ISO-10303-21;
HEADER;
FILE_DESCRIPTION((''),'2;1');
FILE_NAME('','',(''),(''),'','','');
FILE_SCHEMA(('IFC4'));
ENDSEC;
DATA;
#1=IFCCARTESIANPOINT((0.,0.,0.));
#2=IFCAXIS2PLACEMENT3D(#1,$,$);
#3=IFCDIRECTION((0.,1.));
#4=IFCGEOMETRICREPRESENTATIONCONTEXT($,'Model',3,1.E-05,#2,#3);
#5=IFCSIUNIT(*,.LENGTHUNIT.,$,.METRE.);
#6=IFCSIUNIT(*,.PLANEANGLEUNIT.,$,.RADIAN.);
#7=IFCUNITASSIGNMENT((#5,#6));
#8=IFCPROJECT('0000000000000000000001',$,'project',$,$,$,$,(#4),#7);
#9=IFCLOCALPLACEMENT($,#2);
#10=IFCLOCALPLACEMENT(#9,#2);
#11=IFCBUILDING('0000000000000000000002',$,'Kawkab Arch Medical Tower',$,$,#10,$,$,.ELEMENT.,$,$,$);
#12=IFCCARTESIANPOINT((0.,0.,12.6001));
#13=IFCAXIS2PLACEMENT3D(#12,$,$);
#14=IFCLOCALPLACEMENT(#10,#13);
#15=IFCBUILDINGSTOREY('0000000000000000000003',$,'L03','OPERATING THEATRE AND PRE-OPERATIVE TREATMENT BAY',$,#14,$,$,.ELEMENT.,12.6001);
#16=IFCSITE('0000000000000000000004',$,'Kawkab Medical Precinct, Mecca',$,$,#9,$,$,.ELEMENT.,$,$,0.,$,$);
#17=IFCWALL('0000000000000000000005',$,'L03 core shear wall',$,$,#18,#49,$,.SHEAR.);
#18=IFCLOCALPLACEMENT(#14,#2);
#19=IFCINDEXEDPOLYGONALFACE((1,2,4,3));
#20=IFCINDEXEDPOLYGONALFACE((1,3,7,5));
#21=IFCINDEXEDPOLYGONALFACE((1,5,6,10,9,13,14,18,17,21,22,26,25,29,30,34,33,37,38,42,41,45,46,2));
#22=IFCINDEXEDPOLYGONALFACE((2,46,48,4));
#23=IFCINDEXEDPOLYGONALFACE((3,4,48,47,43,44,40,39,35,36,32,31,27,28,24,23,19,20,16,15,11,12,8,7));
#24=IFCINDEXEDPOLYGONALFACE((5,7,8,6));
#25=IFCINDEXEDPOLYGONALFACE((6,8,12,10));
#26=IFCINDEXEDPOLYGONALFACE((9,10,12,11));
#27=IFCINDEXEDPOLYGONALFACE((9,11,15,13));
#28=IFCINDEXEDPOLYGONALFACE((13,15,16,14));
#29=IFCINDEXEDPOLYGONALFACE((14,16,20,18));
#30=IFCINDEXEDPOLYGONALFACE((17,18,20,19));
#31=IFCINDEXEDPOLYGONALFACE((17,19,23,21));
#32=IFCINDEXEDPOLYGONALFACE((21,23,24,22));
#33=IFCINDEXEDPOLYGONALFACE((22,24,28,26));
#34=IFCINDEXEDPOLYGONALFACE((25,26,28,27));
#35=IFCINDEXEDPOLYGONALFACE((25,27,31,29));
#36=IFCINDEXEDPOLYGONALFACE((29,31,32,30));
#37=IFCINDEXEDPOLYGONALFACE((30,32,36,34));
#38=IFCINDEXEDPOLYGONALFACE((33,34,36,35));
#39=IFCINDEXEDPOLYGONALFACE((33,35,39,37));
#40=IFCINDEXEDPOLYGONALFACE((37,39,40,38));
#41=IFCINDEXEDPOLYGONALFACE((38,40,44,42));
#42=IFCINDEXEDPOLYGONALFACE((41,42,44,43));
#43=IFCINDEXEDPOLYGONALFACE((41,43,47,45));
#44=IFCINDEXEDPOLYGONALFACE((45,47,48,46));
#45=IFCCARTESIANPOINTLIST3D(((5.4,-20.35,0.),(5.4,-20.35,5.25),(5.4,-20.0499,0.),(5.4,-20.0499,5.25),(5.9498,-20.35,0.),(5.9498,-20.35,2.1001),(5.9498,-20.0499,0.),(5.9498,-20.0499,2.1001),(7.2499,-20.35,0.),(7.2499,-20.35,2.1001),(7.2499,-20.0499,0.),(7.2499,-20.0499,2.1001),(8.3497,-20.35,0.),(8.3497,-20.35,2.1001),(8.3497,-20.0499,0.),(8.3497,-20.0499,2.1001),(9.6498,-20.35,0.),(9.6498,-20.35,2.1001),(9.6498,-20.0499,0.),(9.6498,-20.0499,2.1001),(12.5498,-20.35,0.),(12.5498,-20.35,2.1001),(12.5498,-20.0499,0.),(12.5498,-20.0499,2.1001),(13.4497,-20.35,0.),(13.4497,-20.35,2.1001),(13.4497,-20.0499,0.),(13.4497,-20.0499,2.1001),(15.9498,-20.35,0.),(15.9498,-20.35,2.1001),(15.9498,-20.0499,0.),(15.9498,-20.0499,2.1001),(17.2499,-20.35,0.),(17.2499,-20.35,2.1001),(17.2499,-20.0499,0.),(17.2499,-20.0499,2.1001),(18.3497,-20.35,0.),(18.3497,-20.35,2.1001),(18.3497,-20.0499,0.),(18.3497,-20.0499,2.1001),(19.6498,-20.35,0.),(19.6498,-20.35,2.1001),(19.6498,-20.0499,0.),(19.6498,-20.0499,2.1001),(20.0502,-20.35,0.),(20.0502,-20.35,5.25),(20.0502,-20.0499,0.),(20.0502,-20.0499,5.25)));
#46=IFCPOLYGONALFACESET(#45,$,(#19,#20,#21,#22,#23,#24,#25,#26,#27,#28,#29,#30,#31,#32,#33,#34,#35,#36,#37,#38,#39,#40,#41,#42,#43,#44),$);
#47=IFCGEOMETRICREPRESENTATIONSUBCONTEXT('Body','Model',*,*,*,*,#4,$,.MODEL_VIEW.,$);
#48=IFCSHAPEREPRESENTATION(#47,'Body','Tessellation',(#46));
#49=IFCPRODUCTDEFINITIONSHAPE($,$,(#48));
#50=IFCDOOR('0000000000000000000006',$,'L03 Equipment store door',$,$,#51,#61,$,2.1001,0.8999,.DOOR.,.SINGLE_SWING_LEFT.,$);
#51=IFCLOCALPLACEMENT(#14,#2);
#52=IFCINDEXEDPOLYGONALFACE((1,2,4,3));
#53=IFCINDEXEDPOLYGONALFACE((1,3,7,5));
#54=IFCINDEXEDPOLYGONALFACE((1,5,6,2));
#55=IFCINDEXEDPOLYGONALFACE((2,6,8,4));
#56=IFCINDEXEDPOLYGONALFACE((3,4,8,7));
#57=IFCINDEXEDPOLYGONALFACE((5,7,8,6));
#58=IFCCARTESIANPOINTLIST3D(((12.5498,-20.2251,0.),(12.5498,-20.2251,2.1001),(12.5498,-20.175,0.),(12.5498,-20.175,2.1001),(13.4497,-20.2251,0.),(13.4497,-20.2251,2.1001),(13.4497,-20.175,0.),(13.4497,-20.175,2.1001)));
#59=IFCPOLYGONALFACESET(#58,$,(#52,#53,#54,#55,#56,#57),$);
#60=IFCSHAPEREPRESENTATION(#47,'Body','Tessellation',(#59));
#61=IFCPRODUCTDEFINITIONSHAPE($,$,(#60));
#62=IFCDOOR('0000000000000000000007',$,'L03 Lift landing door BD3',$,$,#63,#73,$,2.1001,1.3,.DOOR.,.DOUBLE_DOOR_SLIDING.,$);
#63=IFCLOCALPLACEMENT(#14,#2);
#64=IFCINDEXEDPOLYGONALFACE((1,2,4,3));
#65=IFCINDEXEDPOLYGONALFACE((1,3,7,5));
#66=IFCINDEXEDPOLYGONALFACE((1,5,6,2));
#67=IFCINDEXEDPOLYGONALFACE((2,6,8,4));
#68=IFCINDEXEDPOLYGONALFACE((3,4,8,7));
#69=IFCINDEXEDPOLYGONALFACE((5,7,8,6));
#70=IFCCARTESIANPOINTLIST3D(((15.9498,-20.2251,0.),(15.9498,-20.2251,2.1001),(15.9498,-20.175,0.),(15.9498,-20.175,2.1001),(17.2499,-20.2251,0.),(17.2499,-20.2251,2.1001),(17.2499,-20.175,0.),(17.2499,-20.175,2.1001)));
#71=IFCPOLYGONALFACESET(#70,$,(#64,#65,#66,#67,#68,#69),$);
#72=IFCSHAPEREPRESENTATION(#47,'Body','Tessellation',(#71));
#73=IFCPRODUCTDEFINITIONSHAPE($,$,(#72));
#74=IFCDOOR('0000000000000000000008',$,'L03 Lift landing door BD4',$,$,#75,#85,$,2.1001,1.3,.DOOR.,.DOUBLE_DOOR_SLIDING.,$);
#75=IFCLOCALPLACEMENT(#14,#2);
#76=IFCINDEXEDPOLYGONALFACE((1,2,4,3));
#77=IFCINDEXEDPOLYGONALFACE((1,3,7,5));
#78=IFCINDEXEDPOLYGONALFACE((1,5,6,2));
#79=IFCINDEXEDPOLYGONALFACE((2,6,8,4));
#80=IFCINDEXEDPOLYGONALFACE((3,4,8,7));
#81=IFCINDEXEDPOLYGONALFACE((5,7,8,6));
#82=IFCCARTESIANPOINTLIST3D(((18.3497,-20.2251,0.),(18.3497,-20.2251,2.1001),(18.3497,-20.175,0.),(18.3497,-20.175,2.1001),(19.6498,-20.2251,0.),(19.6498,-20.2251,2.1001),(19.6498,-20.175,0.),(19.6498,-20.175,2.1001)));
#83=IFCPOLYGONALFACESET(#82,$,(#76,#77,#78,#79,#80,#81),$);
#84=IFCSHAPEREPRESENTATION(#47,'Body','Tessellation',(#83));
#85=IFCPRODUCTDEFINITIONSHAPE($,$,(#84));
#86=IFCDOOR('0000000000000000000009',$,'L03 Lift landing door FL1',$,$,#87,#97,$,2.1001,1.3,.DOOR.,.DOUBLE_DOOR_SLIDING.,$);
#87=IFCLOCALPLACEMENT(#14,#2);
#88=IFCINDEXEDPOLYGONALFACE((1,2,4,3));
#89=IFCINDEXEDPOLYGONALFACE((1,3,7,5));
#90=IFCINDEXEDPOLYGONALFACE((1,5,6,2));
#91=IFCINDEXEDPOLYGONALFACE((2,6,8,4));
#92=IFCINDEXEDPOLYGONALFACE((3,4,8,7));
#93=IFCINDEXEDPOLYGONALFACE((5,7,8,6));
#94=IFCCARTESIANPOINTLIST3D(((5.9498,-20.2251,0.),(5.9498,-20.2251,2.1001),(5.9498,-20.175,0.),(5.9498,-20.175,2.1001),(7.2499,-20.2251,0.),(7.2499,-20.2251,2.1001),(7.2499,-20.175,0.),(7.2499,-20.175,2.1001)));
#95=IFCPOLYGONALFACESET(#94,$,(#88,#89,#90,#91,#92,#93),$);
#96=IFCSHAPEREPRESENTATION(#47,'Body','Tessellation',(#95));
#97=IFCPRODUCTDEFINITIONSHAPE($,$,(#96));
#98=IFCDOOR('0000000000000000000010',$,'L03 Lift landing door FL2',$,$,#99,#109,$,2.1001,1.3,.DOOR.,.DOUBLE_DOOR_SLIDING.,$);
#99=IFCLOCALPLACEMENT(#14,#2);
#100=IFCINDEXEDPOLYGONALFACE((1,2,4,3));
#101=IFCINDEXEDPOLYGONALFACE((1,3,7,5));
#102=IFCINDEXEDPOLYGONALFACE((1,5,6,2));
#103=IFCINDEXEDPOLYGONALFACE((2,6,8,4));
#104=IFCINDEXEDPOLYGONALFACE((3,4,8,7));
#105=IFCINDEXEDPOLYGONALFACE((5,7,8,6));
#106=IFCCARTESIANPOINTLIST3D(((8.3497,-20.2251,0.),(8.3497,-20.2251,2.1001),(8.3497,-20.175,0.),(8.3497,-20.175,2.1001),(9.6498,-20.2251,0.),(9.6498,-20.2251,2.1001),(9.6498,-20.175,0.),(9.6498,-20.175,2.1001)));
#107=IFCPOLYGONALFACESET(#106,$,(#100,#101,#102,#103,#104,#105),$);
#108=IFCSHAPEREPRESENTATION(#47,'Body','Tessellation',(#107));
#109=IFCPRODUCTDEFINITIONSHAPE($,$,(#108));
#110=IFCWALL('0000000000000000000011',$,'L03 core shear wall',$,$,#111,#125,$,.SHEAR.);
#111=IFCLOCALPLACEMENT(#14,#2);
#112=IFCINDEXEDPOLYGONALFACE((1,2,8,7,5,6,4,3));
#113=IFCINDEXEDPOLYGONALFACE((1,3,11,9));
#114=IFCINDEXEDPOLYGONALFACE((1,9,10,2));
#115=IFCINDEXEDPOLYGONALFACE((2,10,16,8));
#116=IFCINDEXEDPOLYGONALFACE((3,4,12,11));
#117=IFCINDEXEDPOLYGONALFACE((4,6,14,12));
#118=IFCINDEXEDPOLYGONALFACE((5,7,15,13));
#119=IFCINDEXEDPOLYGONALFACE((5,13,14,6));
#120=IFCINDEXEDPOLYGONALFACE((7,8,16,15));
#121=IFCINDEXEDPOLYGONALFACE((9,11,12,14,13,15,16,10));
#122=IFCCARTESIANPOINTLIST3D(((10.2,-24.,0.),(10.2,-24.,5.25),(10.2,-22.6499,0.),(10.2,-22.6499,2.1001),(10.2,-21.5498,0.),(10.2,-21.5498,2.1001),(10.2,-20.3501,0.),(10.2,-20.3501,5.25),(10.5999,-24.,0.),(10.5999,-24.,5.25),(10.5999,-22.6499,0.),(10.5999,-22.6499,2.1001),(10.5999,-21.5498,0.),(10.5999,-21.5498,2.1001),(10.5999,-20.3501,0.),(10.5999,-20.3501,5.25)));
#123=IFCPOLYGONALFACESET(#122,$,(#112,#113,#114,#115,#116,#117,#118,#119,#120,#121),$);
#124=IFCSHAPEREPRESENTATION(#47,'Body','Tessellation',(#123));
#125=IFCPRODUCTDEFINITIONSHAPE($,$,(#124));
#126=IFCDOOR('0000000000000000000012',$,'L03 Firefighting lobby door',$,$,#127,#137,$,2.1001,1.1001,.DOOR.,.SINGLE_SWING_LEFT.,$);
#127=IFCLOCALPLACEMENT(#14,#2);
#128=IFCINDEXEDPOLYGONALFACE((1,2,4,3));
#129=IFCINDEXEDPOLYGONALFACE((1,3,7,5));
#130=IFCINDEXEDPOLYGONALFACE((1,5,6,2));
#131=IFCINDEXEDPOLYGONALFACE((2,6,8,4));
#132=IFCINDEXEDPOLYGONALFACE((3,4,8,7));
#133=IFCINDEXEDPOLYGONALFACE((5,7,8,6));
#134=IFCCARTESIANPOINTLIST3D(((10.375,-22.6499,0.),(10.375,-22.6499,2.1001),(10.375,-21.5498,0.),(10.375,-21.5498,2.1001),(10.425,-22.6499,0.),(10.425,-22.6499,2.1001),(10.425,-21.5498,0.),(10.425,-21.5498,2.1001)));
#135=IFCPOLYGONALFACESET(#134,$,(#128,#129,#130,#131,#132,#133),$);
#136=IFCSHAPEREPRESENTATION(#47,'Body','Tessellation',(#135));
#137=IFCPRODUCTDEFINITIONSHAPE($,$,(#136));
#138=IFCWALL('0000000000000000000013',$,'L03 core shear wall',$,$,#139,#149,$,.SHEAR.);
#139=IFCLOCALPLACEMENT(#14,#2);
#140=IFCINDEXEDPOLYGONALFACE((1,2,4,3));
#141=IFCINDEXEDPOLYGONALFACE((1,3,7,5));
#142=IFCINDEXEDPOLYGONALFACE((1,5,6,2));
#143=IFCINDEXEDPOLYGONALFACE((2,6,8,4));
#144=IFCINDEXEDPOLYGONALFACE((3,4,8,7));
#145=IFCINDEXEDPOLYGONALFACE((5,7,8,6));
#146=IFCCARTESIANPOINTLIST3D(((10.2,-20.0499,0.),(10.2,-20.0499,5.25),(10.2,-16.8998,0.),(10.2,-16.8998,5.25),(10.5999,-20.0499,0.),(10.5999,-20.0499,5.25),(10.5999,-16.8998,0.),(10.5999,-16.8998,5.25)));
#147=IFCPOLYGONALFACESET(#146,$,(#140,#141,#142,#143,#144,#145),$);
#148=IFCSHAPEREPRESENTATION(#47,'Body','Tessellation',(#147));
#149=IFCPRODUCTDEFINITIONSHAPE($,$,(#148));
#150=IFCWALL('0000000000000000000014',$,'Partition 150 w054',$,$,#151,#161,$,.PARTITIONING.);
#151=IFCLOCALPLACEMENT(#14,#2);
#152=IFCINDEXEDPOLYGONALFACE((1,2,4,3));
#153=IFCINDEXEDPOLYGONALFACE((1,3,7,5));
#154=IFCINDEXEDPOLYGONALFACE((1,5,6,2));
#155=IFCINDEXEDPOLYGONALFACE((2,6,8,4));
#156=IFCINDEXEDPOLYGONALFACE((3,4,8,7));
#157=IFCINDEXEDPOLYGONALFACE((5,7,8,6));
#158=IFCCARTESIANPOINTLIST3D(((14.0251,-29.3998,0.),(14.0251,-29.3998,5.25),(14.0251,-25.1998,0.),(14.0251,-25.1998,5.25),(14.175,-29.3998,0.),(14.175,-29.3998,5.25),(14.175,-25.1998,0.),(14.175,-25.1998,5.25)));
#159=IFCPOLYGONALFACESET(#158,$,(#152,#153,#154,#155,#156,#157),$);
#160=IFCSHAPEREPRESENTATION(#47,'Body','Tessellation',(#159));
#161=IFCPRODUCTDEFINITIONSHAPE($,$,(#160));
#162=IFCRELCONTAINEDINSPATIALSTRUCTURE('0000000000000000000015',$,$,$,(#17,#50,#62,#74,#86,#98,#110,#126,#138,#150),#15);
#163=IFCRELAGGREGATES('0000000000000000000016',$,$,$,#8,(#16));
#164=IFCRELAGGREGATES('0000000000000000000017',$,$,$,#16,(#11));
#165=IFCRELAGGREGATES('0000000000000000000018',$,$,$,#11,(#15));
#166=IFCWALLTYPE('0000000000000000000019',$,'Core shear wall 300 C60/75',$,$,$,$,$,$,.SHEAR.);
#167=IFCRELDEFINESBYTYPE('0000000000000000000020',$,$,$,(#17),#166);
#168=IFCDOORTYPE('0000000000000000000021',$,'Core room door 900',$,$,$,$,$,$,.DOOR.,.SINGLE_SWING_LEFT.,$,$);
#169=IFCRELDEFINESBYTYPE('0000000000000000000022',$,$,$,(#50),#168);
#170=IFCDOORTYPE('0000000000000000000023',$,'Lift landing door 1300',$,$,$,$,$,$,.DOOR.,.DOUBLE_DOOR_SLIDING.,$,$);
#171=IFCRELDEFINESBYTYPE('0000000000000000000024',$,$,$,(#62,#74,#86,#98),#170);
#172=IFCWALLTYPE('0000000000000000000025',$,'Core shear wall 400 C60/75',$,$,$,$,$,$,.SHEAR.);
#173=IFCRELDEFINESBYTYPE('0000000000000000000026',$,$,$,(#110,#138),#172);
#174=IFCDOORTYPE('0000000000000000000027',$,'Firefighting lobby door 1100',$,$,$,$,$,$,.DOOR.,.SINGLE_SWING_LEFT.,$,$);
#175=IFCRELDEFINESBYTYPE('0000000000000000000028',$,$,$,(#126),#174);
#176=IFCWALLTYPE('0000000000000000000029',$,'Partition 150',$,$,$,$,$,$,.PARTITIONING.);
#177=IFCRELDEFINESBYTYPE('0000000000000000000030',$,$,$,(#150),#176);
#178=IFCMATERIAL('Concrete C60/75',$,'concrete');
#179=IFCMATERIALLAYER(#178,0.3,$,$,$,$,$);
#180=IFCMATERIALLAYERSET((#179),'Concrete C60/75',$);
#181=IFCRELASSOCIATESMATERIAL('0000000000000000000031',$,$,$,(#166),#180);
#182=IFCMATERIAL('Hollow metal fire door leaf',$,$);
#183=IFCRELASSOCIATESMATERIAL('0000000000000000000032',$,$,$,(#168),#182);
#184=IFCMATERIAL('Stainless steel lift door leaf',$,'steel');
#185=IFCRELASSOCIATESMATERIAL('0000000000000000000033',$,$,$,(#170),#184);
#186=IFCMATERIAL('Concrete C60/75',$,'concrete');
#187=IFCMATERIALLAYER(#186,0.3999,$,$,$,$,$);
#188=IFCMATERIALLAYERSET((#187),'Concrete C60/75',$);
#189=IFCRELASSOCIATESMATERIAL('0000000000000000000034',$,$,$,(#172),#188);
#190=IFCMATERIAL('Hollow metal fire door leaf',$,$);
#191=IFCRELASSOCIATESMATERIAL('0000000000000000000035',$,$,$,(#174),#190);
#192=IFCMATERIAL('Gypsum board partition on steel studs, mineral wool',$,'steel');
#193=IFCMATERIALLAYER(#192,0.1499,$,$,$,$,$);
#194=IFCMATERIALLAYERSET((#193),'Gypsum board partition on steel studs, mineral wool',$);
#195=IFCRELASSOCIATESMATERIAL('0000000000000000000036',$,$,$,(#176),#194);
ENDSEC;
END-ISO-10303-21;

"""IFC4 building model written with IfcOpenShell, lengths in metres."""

from ifc_helpers import new_model, si_unit, direction, frame, frame_2d, origin, place, context, subcontext, project, spatial, rectangle, extrude, material, layer, layer_set, type_object, element, fill, save


model = new_model("IFC4")

# Units and contexts
model_context = context("Model", 3, precision=1e-05, world=origin(), true_north=direction((0.0, 1.0)))
body_context = subcontext(model_context, "Body", "Model", "MODEL_VIEW")
ifc_project = project(units=[si_unit("LENGTHUNIT", "METRE"), si_unit("PLANEANGLEUNIT", "RADIAN")], contexts=[model_context])

# Site, building, storey
site_placement = place(None, origin())
site = spatial("IfcSite", under=ifc_project, at=site_placement, Name="Kawkab Medical Precinct, Mecca", CompositionType="ELEMENT", RefElevation=0.0)
building_placement = place(site_placement, origin())
building = spatial("IfcBuilding", under=site, at=building_placement, Name="Kawkab Arch Medical Tower", CompositionType="ELEMENT")
storey_placement = place(building_placement, frame((0.0, 0.0, 12.6001)))
storey = spatial("IfcBuildingStorey", under=building, at=storey_placement, Name="L03", Description="OPERATING THEATRE AND PRE-OPERATIVE TREATMENT BAY", CompositionType="ELEMENT", Elevation=12.6001)

# Wall, openings, doors
ifc_material_1 = material(Name="Concrete C60/75", Category="concrete")
ifc_layer_1 = layer(ifc_material_1, 0.3)
ifc_layer_set_1 = layer_set([ifc_layer_1], Name="Concrete C60/75")
wall_type_1 = type_object("IfcWallType", Name="Core shear wall 300 C60/75", PredefinedType="SHEAR", material=ifc_layer_set_1)
wall_1_placement = place(storey_placement, frame((5.3999, -20.2, 0.0), z_axis=(0.0, 0.0, 1.0), x_axis=(1.0, 0.0, 0.0)))
wall_1 = element("IfcWall", 1, at=wall_1_placement, inside=storey, type_object=wall_type_1, Name="L03 core shear wall", PredefinedType="SHEAR", context=body_context, shape_type="SweptSolid", body=[
    extrude(rectangle(XDim=14.6501, YDim=0.3, at=frame_2d((7.3252, 0.0))), origin(), (0.0, 0.0, 1.0), 5.25),
])
opening_1_placement = place(wall_1_placement, frame((10.55, 0.0, 0.0)))
opening_1 = element("IfcOpeningElement", 2, at=opening_1_placement, cuts=wall_1, PredefinedType="OPENING", context=body_context, shape_type="SweptSolid", body=[
    extrude(rectangle(XDim=1.3, YDim=2.1001, at=frame_2d((0.6499, 1.05))), frame((0.0, 0.1599, 0.0), z_axis=(0.0, -1.0, 0.0), x_axis=(1.0, 0.0, 0.0)), (0.0, 0.0, 1.0), 0.3201),
])
opening_2_placement = place(wall_1_placement, frame((12.95, 0.0, 0.0)))
opening_2 = element("IfcOpeningElement", 3, at=opening_2_placement, cuts=wall_1, PredefinedType="OPENING", context=body_context, shape_type="SweptSolid", body=[
    extrude(rectangle(XDim=1.3, YDim=2.1001, at=frame_2d((0.6499, 1.05))), frame((0.0, 0.1599, 0.0), z_axis=(0.0, -1.0, 0.0), x_axis=(1.0, 0.0, 0.0)), (0.0, 0.0, 1.0), 0.3201),
])
opening_3_placement = place(wall_1_placement, frame((0.55, 0.0, 0.0)))
opening_3 = element("IfcOpeningElement", 4, at=opening_3_placement, cuts=wall_1, PredefinedType="OPENING", context=body_context, shape_type="SweptSolid", body=[
    extrude(rectangle(XDim=1.3, YDim=2.1001, at=frame_2d((0.6499, 1.05))), frame((0.0, 0.1599, 0.0), z_axis=(0.0, -1.0, 0.0), x_axis=(1.0, 0.0, 0.0)), (0.0, 0.0, 1.0), 0.3201),
])
opening_4_placement = place(wall_1_placement, frame((2.95, 0.0, 0.0)))
opening_4 = element("IfcOpeningElement", 5, at=opening_4_placement, cuts=wall_1, PredefinedType="OPENING", context=body_context, shape_type="SweptSolid", body=[
    extrude(rectangle(XDim=1.3, YDim=2.1001, at=frame_2d((0.6499, 1.05))), frame((0.0, 0.1599, 0.0), z_axis=(0.0, -1.0, 0.0), x_axis=(1.0, 0.0, 0.0)), (0.0, 0.0, 1.0), 0.3201),
])
opening_5_placement = place(wall_1_placement, frame((7.1499, 0.0, 0.0)))
opening_5 = element("IfcOpeningElement", 6, at=opening_5_placement, cuts=wall_1, PredefinedType="OPENING", context=body_context, shape_type="SweptSolid", body=[
    extrude(rectangle(XDim=0.8999, YDim=2.1001, at=frame_2d((0.45, 1.05))), frame((0.0, 0.1599, 0.0), z_axis=(0.0, -1.0, 0.0), x_axis=(1.0, 0.0, 0.0)), (0.0, 0.0, 1.0), 0.3201),
])
ifc_material_2 = material(Name="Hollow metal fire door leaf")
door_type_1 = type_object("IfcDoorType", Name="Core room door 900", OperationType="SINGLE_SWING_LEFT", PredefinedType="DOOR", material=ifc_material_2)
door_1_placement = place(opening_5_placement, origin())
door_1 = element("IfcDoor", 7, at=door_1_placement, inside=storey, type_object=door_type_1, Name="L03 Equipment store door", OperationType="SINGLE_SWING_LEFT", OverallHeight=2.1001, OverallWidth=0.8999, PredefinedType="DOOR", context=body_context, shape_type="SweptSolid", body=[
    extrude(rectangle(XDim=0.8999, YDim=2.1001, at=frame_2d((0.45, 1.05))), frame((0.0, 0.0249, 0.0), z_axis=(0.0, -1.0, 0.0), x_axis=(1.0, 0.0, 0.0)), (0.0, 0.0, 1.0), 0.05),
])
fill(opening_5, door_1)
ifc_material_3 = material(Name="Stainless steel lift door leaf", Category="steel")
door_type_2 = type_object("IfcDoorType", Name="Lift landing door 1300", OperationType="DOUBLE_DOOR_SLIDING", PredefinedType="DOOR", material=ifc_material_3)
door_2_placement = place(opening_1_placement, origin())
door_2 = element("IfcDoor", 8, at=door_2_placement, inside=storey, type_object=door_type_2, Name="L03 Lift landing door BD3", OperationType="DOUBLE_DOOR_SLIDING", OverallHeight=2.1001, OverallWidth=1.3, PredefinedType="DOOR", context=body_context, shape_type="SweptSolid", body=[
    extrude(rectangle(XDim=1.3, YDim=2.1001, at=frame_2d((0.6499, 1.05))), frame((0.0, 0.0249, 0.0), z_axis=(0.0, -1.0, 0.0), x_axis=(1.0, 0.0, 0.0)), (0.0, 0.0, 1.0), 0.05),
])
fill(opening_1, door_2)
door_3_placement = place(opening_2_placement, origin())
door_3 = element("IfcDoor", 9, at=door_3_placement, inside=storey, type_object=door_type_2, Name="L03 Lift landing door BD4", OperationType="DOUBLE_DOOR_SLIDING", OverallHeight=2.1001, OverallWidth=1.3, PredefinedType="DOOR", context=body_context, shape_type="SweptSolid", body=[
    extrude(rectangle(XDim=1.3, YDim=2.1001, at=frame_2d((0.6499, 1.05))), frame((0.0, 0.0249, 0.0), z_axis=(0.0, -1.0, 0.0), x_axis=(1.0, 0.0, 0.0)), (0.0, 0.0, 1.0), 0.05),
])
fill(opening_2, door_3)
door_4_placement = place(opening_3_placement, origin())
door_4 = element("IfcDoor", 10, at=door_4_placement, inside=storey, type_object=door_type_2, Name="L03 Lift landing door FL1", OperationType="DOUBLE_DOOR_SLIDING", OverallHeight=2.1001, OverallWidth=1.3, PredefinedType="DOOR", context=body_context, shape_type="SweptSolid", body=[
    extrude(rectangle(XDim=1.3, YDim=2.1001, at=frame_2d((0.6499, 1.05))), frame((0.0, 0.0249, 0.0), z_axis=(0.0, -1.0, 0.0), x_axis=(1.0, 0.0, 0.0)), (0.0, 0.0, 1.0), 0.05),
])
fill(opening_3, door_4)
door_5_placement = place(opening_4_placement, origin())
door_5 = element("IfcDoor", 11, at=door_5_placement, inside=storey, type_object=door_type_2, Name="L03 Lift landing door FL2", OperationType="DOUBLE_DOOR_SLIDING", OverallHeight=2.1001, OverallWidth=1.3, PredefinedType="DOOR", context=body_context, shape_type="SweptSolid", body=[
    extrude(rectangle(XDim=1.3, YDim=2.1001, at=frame_2d((0.6499, 1.05))), frame((0.0, 0.0249, 0.0), z_axis=(0.0, -1.0, 0.0), x_axis=(1.0, 0.0, 0.0)), (0.0, 0.0, 1.0), 0.05),
])
fill(opening_4, door_5)

# Wall, opening, door
ifc_material_4 = material(Name="Concrete C60/75", Category="concrete")
ifc_layer_2 = layer(ifc_material_4, 0.3999)
ifc_layer_set_2 = layer_set([ifc_layer_2], Name="Concrete C60/75")
wall_type_2 = type_object("IfcWallType", Name="Core shear wall 400 C60/75", PredefinedType="SHEAR", material=ifc_layer_set_2)
wall_2_placement = place(storey_placement, frame((10.3999, -24.0, 0.0), z_axis=(0.0, 0.0, 1.0), x_axis=(0.0, 1.0, 0.0)))
wall_2 = element("IfcWall", 12, at=wall_2_placement, inside=storey, type_object=wall_type_2, Name="L03 core shear wall", PredefinedType="SHEAR", context=body_context, shape_type="SweptSolid", body=[
    extrude(rectangle(XDim=3.6499, YDim=0.3999, at=frame_2d((1.825, 0.0))), origin(), (0.0, 0.0, 1.0), 5.25),
])
opening_6_placement = place(wall_2_placement, frame((1.3501, 0.0, 0.0)))
opening_6 = element("IfcOpeningElement", 13, at=opening_6_placement, cuts=wall_2, PredefinedType="OPENING", context=body_context, shape_type="SweptSolid", body=[
    extrude(rectangle(XDim=1.1001, YDim=2.1001, at=frame_2d((0.55, 1.05))), frame((0.0, 0.21, 0.0), z_axis=(0.0, -1.0, 0.0), x_axis=(1.0, 0.0, 0.0)), (0.0, 0.0, 1.0), 0.4199),
])
ifc_material_5 = material(Name="Hollow metal fire door leaf")
door_type_3 = type_object("IfcDoorType", Name="Firefighting lobby door 1100", OperationType="SINGLE_SWING_LEFT", PredefinedType="DOOR", material=ifc_material_5)
door_6_placement = place(opening_6_placement, origin())
door_6 = element("IfcDoor", 14, at=door_6_placement, inside=storey, type_object=door_type_3, Name="L03 Firefighting lobby door", OperationType="SINGLE_SWING_LEFT", OverallHeight=2.1001, OverallWidth=1.1001, PredefinedType="DOOR", context=body_context, shape_type="SweptSolid", body=[
    extrude(rectangle(XDim=1.1001, YDim=2.1001, at=frame_2d((0.55, 1.05))), frame((0.0, 0.0249, 0.0), z_axis=(0.0, -1.0, 0.0), x_axis=(1.0, 0.0, 0.0)), (0.0, 0.0, 1.0), 0.05),
])
fill(opening_6, door_6)

# Walls
wall_3_placement = place(storey_placement, frame((10.3999, -20.05, 0.0), z_axis=(0.0, 0.0, 1.0), x_axis=(0.0, 1.0, 0.0)))
element("IfcWall", 15, at=wall_3_placement, inside=storey, type_object=wall_type_2, Name="L03 core shear wall", PredefinedType="SHEAR", context=body_context, shape_type="SweptSolid", body=[
    extrude(rectangle(XDim=3.1501, YDim=0.3999, at=frame_2d((1.5752, 0.0))), origin(), (0.0, 0.0, 1.0), 5.25),
])
ifc_material_6 = material(Name="Gypsum board partition on steel studs, mineral wool", Category="steel")
ifc_layer_3 = layer(ifc_material_6, 0.1499)
ifc_layer_set_3 = layer_set([ifc_layer_3], Name="Gypsum board partition on steel studs, mineral wool")
wall_type_3 = type_object("IfcWallType", Name="Partition 150", PredefinedType="PARTITIONING", material=ifc_layer_set_3)
wall_4_placement = place(storey_placement, frame((14.1001, -29.3999, 0.0), z_axis=(0.0, 0.0, 1.0), x_axis=(0.0, 1.0, 0.0)))
element("IfcWall", 16, at=wall_4_placement, inside=storey, type_object=wall_type_3, Name="Partition 150 w054", PredefinedType="PARTITIONING", context=body_context, shape_type="SweptSolid", body=[
    extrude(rectangle(XDim=4.2, YDim=0.1499, at=frame_2d((2.1001, 0.0))), origin(), (0.0, 0.0, 1.0), 5.25),
])

save(model, "model.ifc")
